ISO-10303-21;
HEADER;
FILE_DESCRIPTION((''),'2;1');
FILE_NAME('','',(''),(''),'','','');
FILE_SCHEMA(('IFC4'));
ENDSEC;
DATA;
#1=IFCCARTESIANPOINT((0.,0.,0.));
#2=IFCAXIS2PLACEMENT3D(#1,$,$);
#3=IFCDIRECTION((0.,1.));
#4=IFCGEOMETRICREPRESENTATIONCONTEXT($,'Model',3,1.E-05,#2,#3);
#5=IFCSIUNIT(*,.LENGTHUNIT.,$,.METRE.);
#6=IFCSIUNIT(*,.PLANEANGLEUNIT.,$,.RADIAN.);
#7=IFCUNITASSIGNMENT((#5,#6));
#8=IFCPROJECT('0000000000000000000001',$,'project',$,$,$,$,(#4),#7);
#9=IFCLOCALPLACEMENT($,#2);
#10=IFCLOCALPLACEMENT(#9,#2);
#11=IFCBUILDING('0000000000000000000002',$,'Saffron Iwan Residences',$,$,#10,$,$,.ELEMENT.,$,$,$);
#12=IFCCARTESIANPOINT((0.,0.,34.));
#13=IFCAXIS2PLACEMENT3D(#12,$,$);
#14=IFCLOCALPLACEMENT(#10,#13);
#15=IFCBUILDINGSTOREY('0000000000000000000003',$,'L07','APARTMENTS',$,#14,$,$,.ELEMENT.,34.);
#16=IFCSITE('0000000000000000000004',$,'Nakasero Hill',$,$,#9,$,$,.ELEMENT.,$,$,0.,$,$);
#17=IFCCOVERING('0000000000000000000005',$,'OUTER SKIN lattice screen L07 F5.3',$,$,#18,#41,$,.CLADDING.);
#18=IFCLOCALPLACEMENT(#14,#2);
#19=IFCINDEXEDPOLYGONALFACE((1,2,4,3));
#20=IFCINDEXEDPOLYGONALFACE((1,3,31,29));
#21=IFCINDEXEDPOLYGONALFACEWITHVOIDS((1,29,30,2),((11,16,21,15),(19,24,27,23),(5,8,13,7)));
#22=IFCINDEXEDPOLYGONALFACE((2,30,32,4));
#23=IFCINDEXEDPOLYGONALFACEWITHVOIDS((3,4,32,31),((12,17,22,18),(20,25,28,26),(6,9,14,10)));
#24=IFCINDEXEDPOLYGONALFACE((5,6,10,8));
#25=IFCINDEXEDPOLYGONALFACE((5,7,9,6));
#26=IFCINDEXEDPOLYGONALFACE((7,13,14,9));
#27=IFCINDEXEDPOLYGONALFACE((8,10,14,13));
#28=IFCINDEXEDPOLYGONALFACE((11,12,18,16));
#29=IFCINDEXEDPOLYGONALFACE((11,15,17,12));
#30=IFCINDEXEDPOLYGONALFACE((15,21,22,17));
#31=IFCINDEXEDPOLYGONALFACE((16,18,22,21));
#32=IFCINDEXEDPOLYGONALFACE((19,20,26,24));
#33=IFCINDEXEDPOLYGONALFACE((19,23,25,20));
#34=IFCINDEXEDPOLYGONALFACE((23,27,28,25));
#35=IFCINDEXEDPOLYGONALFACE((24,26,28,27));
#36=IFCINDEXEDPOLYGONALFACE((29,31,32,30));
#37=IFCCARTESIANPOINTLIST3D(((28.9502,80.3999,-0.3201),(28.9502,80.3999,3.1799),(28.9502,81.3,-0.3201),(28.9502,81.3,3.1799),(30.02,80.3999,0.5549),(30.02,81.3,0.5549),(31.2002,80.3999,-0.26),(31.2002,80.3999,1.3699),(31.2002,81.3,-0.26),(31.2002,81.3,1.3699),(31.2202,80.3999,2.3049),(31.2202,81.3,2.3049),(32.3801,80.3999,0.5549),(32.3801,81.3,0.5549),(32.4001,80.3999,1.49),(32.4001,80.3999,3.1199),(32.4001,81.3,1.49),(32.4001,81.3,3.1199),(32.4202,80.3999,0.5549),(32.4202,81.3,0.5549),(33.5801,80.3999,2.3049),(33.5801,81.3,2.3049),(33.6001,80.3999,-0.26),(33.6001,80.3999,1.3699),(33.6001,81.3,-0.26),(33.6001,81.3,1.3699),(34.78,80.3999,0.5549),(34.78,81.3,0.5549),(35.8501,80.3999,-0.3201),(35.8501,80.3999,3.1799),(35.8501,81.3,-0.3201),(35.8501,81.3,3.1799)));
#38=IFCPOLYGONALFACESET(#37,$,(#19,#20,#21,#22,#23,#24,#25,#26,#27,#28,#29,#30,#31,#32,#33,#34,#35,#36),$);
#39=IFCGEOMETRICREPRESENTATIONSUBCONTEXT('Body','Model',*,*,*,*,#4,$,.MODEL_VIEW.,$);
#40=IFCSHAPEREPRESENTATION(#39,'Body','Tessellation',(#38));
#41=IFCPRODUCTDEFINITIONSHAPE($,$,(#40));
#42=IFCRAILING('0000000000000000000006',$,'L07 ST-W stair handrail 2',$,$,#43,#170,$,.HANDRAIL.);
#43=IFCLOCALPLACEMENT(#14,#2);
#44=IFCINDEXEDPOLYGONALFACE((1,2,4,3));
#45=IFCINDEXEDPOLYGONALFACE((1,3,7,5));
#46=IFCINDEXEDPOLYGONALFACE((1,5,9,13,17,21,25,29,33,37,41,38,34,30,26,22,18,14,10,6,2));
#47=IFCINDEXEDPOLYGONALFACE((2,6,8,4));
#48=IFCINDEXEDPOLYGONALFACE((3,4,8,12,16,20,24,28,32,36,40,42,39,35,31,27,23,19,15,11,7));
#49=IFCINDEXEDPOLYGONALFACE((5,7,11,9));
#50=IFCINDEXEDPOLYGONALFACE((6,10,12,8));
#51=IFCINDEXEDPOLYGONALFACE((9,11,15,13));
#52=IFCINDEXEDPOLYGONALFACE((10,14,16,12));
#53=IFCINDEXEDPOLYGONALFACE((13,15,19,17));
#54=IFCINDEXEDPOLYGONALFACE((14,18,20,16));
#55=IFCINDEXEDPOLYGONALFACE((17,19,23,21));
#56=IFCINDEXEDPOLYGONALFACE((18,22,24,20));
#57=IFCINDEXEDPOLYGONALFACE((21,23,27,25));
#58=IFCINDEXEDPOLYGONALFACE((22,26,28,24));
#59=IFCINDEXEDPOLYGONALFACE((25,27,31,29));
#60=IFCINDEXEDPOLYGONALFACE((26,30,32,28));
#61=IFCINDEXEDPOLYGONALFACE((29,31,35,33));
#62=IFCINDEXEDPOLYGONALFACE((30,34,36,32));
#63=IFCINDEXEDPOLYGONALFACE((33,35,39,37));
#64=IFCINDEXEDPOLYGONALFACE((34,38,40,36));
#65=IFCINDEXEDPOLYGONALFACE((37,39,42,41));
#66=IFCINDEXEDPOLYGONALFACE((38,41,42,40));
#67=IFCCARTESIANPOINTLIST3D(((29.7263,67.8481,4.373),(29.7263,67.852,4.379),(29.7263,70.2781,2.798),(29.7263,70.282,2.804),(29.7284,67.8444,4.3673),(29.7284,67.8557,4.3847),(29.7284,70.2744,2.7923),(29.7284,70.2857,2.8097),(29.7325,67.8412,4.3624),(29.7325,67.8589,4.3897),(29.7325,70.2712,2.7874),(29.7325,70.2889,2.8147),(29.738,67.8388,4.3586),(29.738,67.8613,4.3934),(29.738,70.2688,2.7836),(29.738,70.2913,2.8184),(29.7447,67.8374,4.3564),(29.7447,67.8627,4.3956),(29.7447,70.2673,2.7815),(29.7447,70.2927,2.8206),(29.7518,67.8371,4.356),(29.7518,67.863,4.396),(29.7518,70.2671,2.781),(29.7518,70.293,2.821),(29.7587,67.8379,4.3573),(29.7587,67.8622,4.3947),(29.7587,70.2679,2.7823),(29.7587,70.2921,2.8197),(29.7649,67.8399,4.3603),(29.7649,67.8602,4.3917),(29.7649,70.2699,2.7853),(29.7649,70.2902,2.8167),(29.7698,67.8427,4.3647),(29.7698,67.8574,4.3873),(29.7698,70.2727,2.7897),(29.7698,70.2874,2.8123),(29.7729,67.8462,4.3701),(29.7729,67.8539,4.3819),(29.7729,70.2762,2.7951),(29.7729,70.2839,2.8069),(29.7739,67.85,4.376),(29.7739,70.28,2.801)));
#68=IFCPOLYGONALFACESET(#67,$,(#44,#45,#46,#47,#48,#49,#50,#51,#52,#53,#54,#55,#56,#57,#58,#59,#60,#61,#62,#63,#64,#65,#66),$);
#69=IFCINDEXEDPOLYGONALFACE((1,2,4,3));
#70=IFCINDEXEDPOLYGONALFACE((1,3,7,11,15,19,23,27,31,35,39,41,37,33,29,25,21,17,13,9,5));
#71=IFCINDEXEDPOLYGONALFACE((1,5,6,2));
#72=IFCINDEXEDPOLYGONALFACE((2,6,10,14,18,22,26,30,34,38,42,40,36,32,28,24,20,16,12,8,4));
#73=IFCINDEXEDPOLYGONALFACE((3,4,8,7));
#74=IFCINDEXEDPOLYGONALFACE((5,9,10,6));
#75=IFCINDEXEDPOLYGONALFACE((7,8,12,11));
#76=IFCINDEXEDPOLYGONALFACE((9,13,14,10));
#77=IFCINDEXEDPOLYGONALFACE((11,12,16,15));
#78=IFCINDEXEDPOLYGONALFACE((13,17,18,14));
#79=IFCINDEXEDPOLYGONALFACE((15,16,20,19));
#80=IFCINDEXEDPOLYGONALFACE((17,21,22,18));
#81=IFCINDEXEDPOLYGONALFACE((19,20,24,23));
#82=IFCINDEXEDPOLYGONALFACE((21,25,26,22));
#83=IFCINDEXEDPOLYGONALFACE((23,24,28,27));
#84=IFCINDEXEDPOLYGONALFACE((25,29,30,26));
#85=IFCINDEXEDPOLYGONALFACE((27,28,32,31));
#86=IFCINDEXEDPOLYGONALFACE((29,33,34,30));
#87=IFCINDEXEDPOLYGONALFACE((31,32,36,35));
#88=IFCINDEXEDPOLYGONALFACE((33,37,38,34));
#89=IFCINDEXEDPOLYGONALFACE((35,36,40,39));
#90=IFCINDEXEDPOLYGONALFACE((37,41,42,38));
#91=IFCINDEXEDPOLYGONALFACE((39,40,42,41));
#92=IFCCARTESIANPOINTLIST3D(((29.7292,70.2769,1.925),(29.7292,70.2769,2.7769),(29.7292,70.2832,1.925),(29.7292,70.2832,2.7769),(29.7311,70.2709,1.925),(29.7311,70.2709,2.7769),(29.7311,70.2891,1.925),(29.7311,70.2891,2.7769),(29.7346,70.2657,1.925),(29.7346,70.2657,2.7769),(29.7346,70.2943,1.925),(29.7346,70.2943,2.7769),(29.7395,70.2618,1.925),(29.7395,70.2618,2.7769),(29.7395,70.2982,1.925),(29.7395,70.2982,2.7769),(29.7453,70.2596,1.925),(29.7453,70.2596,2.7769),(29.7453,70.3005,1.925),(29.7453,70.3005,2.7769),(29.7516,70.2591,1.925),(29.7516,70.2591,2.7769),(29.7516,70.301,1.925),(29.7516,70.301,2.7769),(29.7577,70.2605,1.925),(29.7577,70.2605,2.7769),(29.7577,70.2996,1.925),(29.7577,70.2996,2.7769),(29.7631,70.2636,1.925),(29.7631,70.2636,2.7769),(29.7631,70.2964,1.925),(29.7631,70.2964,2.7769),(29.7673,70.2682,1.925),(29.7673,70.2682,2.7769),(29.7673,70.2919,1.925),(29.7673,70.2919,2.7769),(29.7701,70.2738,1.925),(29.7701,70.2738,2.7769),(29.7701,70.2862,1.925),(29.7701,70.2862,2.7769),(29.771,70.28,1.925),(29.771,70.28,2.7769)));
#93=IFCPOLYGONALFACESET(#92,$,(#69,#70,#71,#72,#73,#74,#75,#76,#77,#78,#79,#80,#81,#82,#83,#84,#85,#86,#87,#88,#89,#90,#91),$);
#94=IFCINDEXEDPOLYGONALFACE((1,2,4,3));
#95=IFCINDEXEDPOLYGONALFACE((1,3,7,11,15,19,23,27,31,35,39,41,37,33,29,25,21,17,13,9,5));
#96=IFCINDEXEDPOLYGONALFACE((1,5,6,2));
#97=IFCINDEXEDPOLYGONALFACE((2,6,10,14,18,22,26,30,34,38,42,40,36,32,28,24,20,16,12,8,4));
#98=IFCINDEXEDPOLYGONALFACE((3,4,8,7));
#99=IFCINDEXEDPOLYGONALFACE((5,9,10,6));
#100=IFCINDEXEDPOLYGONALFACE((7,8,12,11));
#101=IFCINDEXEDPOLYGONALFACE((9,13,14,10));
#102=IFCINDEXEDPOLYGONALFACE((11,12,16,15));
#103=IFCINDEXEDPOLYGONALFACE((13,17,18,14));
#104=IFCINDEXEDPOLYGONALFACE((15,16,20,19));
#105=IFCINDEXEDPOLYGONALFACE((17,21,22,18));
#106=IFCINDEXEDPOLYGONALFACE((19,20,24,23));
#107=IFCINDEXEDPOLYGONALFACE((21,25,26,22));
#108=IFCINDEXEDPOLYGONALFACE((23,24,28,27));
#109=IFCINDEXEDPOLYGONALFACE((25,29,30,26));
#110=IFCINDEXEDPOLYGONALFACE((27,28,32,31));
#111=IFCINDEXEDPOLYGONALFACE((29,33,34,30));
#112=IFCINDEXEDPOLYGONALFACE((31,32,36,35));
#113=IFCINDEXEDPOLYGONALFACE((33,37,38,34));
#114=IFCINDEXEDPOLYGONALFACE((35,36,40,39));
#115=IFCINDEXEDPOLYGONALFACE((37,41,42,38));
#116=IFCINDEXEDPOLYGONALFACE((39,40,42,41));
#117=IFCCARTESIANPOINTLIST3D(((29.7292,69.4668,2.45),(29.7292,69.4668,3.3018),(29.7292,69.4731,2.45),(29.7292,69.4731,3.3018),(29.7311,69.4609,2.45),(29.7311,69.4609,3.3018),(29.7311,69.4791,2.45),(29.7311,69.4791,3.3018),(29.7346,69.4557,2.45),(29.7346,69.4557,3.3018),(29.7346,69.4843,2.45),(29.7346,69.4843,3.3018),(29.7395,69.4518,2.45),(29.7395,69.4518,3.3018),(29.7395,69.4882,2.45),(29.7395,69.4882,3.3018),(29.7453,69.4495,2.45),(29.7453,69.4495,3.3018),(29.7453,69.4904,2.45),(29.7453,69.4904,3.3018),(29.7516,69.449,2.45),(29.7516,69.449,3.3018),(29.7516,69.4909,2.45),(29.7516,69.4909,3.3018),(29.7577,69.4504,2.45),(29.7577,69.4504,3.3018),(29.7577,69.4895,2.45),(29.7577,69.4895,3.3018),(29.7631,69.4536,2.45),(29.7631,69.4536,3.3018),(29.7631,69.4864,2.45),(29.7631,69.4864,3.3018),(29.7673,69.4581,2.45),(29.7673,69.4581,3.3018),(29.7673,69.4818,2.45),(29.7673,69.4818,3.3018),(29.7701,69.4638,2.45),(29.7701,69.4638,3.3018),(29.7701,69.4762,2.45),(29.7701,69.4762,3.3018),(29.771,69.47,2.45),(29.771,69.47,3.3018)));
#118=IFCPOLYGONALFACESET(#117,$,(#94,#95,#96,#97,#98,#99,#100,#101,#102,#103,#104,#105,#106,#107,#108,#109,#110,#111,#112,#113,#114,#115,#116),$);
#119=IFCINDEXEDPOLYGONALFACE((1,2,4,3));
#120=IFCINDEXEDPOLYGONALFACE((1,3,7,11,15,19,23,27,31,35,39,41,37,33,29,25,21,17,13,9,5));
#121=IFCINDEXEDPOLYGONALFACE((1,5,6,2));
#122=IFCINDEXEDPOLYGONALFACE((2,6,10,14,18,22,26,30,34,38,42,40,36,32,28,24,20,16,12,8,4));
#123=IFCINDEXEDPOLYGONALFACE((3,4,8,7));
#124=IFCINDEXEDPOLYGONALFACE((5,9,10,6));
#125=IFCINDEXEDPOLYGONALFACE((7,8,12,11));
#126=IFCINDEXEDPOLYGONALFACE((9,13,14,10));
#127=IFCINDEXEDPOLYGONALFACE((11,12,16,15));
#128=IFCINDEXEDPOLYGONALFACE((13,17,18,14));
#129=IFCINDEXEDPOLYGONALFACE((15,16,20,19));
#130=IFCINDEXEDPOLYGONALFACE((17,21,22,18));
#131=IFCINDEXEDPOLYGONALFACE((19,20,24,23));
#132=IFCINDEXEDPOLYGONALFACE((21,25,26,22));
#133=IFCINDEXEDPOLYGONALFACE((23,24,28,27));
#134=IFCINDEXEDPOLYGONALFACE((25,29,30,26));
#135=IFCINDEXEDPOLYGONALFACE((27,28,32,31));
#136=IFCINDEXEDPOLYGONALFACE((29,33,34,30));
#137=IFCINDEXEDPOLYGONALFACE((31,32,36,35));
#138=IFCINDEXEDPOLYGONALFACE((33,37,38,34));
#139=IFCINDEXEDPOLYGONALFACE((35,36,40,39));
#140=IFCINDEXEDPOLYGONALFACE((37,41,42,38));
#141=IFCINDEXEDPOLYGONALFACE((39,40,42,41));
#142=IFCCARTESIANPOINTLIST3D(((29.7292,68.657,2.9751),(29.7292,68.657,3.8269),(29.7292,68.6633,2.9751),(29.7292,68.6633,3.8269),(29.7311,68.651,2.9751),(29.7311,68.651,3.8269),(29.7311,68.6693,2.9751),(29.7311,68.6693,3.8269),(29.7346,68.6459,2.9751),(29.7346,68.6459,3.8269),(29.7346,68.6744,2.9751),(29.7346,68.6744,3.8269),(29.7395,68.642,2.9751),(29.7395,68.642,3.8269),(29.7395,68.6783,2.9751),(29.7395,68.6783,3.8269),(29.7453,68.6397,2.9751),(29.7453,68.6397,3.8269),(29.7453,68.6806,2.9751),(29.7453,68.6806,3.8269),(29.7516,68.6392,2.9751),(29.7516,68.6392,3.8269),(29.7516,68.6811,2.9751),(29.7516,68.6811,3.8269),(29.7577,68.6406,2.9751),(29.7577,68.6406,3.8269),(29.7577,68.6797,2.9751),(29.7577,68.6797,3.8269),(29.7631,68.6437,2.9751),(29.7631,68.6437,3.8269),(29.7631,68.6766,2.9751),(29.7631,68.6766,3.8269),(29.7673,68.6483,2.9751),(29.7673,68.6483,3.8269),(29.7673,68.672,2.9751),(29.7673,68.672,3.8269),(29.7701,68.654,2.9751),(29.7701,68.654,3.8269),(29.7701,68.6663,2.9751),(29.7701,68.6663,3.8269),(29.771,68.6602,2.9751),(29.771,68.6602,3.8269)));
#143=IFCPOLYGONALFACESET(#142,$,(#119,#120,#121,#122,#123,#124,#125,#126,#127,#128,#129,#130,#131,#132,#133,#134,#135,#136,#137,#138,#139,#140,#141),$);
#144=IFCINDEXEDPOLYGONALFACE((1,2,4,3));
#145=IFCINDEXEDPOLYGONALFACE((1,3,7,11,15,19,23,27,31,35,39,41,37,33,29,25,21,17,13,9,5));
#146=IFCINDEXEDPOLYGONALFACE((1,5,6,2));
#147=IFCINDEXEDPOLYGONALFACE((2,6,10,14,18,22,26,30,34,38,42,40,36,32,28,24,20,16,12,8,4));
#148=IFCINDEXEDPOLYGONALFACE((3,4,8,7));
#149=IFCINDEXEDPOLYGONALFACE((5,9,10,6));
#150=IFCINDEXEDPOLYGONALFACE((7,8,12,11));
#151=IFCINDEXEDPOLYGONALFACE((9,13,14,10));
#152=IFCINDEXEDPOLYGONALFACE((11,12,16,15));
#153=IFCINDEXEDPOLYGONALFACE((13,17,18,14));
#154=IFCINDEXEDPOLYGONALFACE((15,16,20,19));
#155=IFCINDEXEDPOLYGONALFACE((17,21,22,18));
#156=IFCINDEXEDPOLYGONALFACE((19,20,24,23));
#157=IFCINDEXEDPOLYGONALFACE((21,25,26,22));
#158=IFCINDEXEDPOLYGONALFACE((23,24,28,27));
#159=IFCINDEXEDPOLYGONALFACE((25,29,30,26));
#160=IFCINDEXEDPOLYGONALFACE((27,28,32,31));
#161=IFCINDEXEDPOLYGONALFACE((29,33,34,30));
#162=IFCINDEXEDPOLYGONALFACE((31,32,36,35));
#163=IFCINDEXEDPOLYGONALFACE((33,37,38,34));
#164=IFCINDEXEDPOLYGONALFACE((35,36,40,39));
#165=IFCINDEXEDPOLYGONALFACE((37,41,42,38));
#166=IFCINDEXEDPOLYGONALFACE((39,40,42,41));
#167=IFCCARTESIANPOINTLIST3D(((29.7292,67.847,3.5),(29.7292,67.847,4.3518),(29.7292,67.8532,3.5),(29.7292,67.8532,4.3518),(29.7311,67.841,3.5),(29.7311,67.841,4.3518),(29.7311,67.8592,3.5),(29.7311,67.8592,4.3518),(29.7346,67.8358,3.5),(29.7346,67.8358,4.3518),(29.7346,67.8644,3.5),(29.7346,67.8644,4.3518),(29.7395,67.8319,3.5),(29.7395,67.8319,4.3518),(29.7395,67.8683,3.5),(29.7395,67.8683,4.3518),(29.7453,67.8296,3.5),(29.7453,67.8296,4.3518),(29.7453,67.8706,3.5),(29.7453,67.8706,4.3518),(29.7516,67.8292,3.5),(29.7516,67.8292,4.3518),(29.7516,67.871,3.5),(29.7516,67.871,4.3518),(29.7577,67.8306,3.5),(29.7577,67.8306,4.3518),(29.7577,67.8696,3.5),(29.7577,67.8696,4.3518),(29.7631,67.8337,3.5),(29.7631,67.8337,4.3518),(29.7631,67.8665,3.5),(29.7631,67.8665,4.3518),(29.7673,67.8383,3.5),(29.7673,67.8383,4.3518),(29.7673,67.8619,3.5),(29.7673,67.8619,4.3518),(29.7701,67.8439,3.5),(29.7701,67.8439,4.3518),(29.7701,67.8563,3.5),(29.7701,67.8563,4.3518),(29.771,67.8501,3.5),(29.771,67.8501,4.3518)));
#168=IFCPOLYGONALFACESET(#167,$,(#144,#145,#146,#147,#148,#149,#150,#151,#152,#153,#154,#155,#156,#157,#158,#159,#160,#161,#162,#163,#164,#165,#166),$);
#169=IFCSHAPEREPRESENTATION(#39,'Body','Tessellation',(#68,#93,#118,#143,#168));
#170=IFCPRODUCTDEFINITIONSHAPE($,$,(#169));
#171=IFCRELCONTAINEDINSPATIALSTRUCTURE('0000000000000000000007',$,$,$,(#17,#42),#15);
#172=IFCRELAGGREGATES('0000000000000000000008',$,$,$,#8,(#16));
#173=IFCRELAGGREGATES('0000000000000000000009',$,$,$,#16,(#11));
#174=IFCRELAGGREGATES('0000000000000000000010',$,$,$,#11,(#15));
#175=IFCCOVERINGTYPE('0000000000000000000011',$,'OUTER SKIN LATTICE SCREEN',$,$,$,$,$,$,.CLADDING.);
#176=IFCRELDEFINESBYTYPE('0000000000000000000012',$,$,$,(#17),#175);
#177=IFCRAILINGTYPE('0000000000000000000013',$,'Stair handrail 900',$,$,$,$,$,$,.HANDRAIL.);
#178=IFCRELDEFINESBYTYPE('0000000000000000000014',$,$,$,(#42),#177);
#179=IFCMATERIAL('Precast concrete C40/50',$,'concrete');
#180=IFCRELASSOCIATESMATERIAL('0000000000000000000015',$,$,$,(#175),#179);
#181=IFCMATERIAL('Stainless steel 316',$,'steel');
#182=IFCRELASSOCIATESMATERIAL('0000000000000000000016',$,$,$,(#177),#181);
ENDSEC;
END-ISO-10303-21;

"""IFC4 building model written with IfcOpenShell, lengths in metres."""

from ifc_helpers import new_model, si_unit, direction, frame, origin, origin_2d, place, context, subcontext, project, spatial, polyline, circle, outline, extrude, material, type_object, element, save


model = new_model("IFC4")

# Units and contexts
model_context = context("Model", 3, precision=1e-05, world=origin(), true_north=direction((0.0, 1.0)))
body_context = subcontext(model_context, "Body", "Model", "MODEL_VIEW")
ifc_project = project(units=[si_unit("LENGTHUNIT", "METRE"), si_unit("PLANEANGLEUNIT", "RADIAN")], contexts=[model_context])

# Site, building, storey
site_placement = place(None, origin())
site = spatial("IfcSite", under=ifc_project, at=site_placement, Name="Nakasero Hill", CompositionType="ELEMENT", RefElevation=0.0)
building_placement = place(site_placement, origin())
building = spatial("IfcBuilding", under=site, at=building_placement, Name="Saffron Iwan Residences", CompositionType="ELEMENT")
storey_placement = place(building_placement, frame((0.0, 0.0, 34.0)))
storey = spatial("IfcBuildingStorey", under=building, at=storey_placement, Name="L07", Description="APARTMENTS", CompositionType="ELEMENT", Elevation=34.0)

# Covering
ifc_material_1 = material(Name="Precast concrete C40/50", Category="concrete")
covering_type = type_object("IfcCoveringType", Name="OUTER SKIN LATTICE SCREEN", PredefinedType="CLADDING", material=ifc_material_1)
covering_placement = place(storey_placement, frame((35.8501, 80.3999, -0.3201), z_axis=(0.0, 1.0, 0.0), x_axis=(-1.0, 0.0, 0.0)))
element("IfcCovering", 1, at=covering_placement, inside=storey, type_object=covering_type, Name="OUTER SKIN lattice screen L07 F5.3", PredefinedType="CLADDING", context=body_context, shape_type="SweptSolid", body=[
    extrude(outline(polyline([(0.0, 0.0), (6.8999, 0.0), (6.8999, 3.5), (0.0, 3.5), (0.0, 0.0)]), holes=[polyline([(1.0701, 0.875), (2.25, 0.0601), (3.4299, 0.875), (2.25, 1.6899), (1.0701, 0.875)]), polyline([(3.47, 0.875), (4.6499, 0.0601), (5.8301, 0.875), (4.6499, 1.6899), (3.47, 0.875)]), polyline([(2.27, 2.625), (3.45, 1.8101), (4.6299, 2.625), (3.45, 3.4399), (2.27, 2.625)])]), origin(), (0.0, 0.0, 1.0), 0.9001),
])

# Railing
ifc_material_2 = material(Name="Stainless steel 316", Category="steel")
railing_type = type_object("IfcRailingType", Name="Stair handrail 900", PredefinedType="HANDRAIL", material=ifc_material_2)
railing_placement = place(storey_placement, frame((29.75, 70.28, 1.925)))
element("IfcRailing", 2, at=railing_placement, inside=storey, type_object=railing_type, Name="L07 ST-W stair handrail 2", PredefinedType="HANDRAIL", context=body_context, shape_type="SweptSolid", body=[
    extrude(circle(Radius=0.0239, at=origin_2d()), frame((0.0, 0.0, 0.876), z_axis=(0.0, -0.839154, 0.543894), x_axis=(1.0, 0.0, 0.0)), (0.0, 0.0, 1.0), 2.8958),
    extrude(circle(Radius=0.021, at=origin_2d()), origin(), (0.0, 0.0, 1.0), 0.8518),
    extrude(circle(Radius=0.021, at=origin_2d()), frame((0.0, -0.8101, 0.5249)), (0.0, 0.0, 1.0), 0.8518),
    extrude(circle(Radius=0.021, at=origin_2d()), frame((0.0, -1.6199, 1.05)), (0.0, 0.0, 1.0), 0.8518),
    extrude(circle(Radius=0.021, at=origin_2d()), frame((0.0, -2.4299, 1.575)), (0.0, 0.0, 1.0), 0.8518),
])

save(model, "model.ifc")
